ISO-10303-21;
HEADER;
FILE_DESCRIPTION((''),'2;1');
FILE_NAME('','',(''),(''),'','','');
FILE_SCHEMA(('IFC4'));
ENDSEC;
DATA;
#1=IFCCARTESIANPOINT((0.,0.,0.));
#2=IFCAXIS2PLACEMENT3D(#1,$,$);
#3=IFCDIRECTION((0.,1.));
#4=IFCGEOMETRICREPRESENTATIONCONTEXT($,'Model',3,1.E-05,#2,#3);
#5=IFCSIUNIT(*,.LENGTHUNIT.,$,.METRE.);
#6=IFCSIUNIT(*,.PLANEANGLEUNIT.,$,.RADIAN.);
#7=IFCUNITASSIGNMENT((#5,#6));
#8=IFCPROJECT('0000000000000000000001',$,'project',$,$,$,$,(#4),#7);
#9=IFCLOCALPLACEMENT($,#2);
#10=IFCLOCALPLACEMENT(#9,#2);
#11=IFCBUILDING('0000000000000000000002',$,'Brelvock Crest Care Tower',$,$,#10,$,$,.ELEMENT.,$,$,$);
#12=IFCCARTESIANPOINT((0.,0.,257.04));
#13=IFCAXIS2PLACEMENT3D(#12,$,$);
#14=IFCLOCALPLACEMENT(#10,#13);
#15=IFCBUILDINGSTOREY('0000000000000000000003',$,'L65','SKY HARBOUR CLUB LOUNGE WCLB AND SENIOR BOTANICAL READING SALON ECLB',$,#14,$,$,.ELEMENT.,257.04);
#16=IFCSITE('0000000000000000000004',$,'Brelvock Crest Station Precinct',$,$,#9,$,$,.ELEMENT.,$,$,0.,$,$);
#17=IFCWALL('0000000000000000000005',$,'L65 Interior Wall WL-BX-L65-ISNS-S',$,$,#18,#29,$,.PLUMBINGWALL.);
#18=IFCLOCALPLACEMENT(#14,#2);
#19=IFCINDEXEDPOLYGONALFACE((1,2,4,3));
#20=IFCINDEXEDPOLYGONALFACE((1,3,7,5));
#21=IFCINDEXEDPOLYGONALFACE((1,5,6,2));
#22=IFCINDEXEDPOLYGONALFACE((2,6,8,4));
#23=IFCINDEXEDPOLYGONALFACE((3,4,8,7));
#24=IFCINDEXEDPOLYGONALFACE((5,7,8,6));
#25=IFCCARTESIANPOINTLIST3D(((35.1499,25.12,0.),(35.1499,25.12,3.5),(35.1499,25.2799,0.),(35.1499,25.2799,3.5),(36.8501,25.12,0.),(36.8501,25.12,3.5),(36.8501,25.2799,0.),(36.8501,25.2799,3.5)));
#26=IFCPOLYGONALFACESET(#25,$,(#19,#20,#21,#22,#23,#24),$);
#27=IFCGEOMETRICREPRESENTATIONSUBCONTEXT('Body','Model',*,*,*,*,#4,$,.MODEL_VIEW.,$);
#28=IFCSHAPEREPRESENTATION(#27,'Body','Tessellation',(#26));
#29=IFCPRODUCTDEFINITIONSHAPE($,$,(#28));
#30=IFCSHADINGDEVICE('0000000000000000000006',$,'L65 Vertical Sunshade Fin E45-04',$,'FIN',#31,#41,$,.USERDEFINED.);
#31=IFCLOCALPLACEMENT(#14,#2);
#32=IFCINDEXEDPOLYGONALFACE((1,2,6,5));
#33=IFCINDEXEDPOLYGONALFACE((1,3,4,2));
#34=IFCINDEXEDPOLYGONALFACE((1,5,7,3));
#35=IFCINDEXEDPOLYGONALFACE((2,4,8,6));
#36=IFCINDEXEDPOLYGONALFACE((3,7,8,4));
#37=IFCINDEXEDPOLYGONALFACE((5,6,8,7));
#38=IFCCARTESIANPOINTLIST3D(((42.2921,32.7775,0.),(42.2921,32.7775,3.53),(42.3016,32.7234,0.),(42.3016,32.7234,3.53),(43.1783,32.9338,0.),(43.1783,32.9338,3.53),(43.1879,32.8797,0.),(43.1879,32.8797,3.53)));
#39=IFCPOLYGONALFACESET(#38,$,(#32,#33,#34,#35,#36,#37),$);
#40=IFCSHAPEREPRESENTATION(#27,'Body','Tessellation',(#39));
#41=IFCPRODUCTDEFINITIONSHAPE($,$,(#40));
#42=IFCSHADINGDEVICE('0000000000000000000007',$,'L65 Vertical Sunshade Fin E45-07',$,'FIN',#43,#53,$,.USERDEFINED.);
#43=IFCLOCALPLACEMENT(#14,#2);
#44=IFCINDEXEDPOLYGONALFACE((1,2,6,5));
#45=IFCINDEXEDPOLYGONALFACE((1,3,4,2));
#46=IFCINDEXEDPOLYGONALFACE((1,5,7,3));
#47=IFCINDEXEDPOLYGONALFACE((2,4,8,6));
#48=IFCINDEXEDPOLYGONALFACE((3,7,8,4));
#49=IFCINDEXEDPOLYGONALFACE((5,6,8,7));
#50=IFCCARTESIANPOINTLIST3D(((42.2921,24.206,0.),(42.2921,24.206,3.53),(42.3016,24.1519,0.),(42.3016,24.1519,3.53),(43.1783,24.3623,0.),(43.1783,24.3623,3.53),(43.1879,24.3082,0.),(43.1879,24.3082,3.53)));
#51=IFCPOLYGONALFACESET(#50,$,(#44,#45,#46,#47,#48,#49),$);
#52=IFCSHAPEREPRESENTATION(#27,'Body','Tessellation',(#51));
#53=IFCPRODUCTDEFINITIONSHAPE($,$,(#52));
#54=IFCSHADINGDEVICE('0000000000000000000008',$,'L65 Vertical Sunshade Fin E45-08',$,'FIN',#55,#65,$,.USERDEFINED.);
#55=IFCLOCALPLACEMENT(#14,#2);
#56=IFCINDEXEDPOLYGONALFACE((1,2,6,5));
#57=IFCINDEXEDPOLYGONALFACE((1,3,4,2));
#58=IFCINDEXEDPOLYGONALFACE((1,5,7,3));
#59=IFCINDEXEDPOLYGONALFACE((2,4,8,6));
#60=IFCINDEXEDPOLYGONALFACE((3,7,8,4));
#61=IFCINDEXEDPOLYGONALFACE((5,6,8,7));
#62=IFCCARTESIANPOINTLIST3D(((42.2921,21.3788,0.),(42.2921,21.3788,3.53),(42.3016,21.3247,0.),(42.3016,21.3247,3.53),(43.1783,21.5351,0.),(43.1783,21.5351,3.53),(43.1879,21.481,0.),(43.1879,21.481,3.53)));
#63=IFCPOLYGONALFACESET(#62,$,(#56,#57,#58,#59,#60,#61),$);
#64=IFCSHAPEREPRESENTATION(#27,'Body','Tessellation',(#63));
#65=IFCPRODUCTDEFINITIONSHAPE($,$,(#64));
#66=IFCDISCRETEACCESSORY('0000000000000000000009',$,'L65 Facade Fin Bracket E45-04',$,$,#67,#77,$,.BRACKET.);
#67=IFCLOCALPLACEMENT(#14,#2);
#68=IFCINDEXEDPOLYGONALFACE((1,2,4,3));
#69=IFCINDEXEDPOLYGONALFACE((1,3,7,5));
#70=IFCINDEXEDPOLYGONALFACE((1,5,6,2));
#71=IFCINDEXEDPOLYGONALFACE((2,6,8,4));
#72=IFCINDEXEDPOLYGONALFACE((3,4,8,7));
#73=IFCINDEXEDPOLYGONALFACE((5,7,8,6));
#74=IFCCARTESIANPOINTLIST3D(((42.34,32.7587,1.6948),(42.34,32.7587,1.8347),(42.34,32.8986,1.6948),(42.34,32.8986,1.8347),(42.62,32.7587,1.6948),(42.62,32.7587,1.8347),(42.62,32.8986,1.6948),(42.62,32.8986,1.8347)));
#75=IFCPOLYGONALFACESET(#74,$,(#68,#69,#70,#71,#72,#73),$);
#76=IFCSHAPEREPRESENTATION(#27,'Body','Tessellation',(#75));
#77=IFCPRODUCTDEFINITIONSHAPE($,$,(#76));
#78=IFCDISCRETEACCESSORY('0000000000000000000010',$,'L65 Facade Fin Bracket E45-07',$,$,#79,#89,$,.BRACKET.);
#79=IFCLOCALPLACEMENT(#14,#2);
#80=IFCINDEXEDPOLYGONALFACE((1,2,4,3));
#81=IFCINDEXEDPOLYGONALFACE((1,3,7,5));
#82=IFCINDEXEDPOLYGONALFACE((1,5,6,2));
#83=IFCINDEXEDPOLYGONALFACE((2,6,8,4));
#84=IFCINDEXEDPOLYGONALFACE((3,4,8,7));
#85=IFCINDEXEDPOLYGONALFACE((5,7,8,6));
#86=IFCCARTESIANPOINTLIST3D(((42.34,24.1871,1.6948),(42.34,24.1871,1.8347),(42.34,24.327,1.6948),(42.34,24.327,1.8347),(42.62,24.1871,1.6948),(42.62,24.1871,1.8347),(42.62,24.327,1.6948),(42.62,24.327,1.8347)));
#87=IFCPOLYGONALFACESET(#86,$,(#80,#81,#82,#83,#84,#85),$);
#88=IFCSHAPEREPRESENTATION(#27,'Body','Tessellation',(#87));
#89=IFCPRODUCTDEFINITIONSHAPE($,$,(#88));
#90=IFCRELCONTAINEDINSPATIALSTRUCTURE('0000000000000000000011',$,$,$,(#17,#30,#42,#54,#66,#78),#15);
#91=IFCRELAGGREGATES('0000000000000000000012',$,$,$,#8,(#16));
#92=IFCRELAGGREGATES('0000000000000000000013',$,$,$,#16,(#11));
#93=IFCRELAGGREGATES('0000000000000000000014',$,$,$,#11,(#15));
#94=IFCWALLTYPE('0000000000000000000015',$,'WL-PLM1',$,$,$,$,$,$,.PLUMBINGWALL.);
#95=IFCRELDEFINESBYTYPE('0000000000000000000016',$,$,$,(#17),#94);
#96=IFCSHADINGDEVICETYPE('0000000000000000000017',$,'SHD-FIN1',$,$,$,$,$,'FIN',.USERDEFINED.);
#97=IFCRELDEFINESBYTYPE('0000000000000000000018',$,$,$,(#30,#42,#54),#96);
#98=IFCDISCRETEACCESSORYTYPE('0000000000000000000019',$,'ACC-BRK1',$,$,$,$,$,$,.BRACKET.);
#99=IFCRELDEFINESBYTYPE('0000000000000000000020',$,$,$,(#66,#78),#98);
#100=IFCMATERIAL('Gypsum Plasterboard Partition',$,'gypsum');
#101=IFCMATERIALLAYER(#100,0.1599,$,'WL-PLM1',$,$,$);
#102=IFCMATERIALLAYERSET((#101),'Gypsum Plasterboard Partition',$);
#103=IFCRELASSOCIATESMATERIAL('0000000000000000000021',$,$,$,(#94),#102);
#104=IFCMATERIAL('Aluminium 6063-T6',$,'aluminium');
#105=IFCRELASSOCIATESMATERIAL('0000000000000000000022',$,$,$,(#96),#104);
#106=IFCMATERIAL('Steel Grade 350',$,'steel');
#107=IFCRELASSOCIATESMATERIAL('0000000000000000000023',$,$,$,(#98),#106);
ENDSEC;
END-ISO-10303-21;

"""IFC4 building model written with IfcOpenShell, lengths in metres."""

from ifc_helpers import new_model, si_unit, direction, frame, frame_2d, origin, origin_2d, place, context, subcontext, project, spatial, rectangle, extrude, source, transform, mapped, material, layer, layer_set, material_profile, profile_set, type_object, element, save


model = new_model("IFC4")

# Units and contexts
model_context = context("Model", 3, precision=1e-05, world=origin(), true_north=direction((0.0, 1.0)))
body_context = subcontext(model_context, "Body", "Model", "MODEL_VIEW")
ifc_project = project(units=[si_unit("LENGTHUNIT", "METRE"), si_unit("PLANEANGLEUNIT", "RADIAN")], contexts=[model_context])

# Site, building, storey
site_placement = place(None, origin())
site = spatial("IfcSite", under=ifc_project, at=site_placement, Name="Brelvock Crest Station Precinct", CompositionType="ELEMENT", RefElevation=0.0)
building_placement = place(site_placement, origin())
building = spatial("IfcBuilding", under=site, at=building_placement, Name="Brelvock Crest Care Tower", CompositionType="ELEMENT")
storey_placement = place(building_placement, frame((0.0, 0.0, 257.04)))
storey = spatial("IfcBuildingStorey", under=building, at=storey_placement, Name="L65", Description="SKY HARBOUR CLUB LOUNGE WCLB AND SENIOR BOTANICAL READING SALON ECLB", CompositionType="ELEMENT", Elevation=257.04)

# Shared definitions
ifc_material_1 = material(Name="Aluminium 6063-T6", Category="aluminium")

# Wall
ifc_material_2 = material(Name="Gypsum Plasterboard Partition", Category="gypsum")
ifc_layer_1 = layer(ifc_material_2, 0.1599, Name="WL-PLM1")
ifc_layer_set_1 = layer_set([ifc_layer_1], Name="Gypsum Plasterboard Partition")
wall_type_1 = type_object("IfcWallType", Name="WL-PLM1", PredefinedType="PLUMBINGWALL", material=ifc_layer_set_1)
wall_1_placement = place(storey_placement, frame((35.1499, 25.2, 0.0), z_axis=(0.0, 0.0, 1.0), x_axis=(1.0, 0.0, 0.0)))
element("IfcWall", 1, at=wall_1_placement, inside=storey, type_object=wall_type_1, Name="L65 Interior Wall WL-BX-L65-ISNS-S", PredefinedType="PLUMBINGWALL", context=body_context, shape_type="SweptSolid", body=[
    extrude(rectangle(XDim=1.7002, YDim=0.1599, at=frame_2d((0.8501, 0.0))), origin(), (0.0, 0.0, 1.0), 3.5),
])

# Shading devices
ifc_material_profile_1 = material_profile(ifc_material_1, rectangle(XDim=0.0549, YDim=0.8999, at=origin_2d()), Name="FIN55x900")
ifc_profile_set_1 = profile_set([ifc_material_profile_1], Name="Aluminium 6063-T6")
shading_device_type = type_object("IfcShadingDeviceType", Name="SHD-FIN1", ElementType="FIN", PredefinedType="USERDEFINED", material=ifc_profile_set_1)
shared_shape_1 = source(origin(), body_context, "Body", "SweptSolid", [
    extrude(rectangle(XDim=0.0549, YDim=0.8999, at=origin_2d()), origin(), (0.0, 0.0, 1.0), 3.53),
])
for number, where, z_axis, x_axis, name in (
    (2, (42.74, 32.8286, 0.0), (0.0, 0.0, 1.0), (0.173648, -0.984808, 0.0), "L65 Vertical Sunshade Fin E45-04"),
    (3, (42.74, 24.2571, 0.0), (0.0, 0.0, 1.0), (0.173648, -0.984808, 0.0), "L65 Vertical Sunshade Fin E45-07"),
    (4, (42.74, 21.4299, 0.0), (0.0, 0.0, 1.0), (0.173648, -0.984808, 0.0), "L65 Vertical Sunshade Fin E45-08"),
):
    element("IfcShadingDevice", number, at=place(storey_placement, frame(where, z_axis=z_axis, x_axis=x_axis)), inside=storey, type_object=shading_device_type, Name=name, ObjectType="FIN", PredefinedType="USERDEFINED", context=body_context, shape_type="MappedRepresentation", body=[
        mapped(shared_shape_1, transform((0.0, 0.0, 0.0), x_axis=(1.0, 0.0, 0.0), y_axis=(0.0, 1.0, 0.0), z_axis=(0.0, 0.0, 1.0), scale=1.0)),
    ])

# Discrete accessories
ifc_material_3 = material(Name="Steel Grade 350", Category="steel")
discrete_accessory_type = type_object("IfcDiscreteAccessoryType", Name="ACC-BRK1", PredefinedType="BRACKET", material=ifc_material_3)
shared_shape_2 = source(origin(), body_context, "Body", "SweptSolid", [
    extrude(rectangle(XDim=0.28, YDim=0.1399, at=origin_2d()), origin(), (0.0, 0.0, 1.0), 0.1399),
])
for number, where, z_axis, x_axis, name in (
    (5, (42.48, 32.8286, 1.6948), (0.0, 0.0, 1.0), (1.0, 0.0, 0.0), "L65 Facade Fin Bracket E45-04"),
    (6, (42.48, 24.2571, 1.6948), (0.0, 0.0, 1.0), (1.0, 0.0, 0.0), "L65 Facade Fin Bracket E45-07"),
):
    element("IfcDiscreteAccessory", number, at=place(storey_placement, frame(where, z_axis=z_axis, x_axis=x_axis)), inside=storey, type_object=discrete_accessory_type, Name=name, PredefinedType="BRACKET", context=body_context, shape_type="MappedRepresentation", body=[
        mapped(shared_shape_2, transform((0.0, 0.0, 0.0), x_axis=(1.0, 0.0, 0.0), y_axis=(0.0, 1.0, 0.0), z_axis=(0.0, 0.0, 1.0), scale=1.0)),
    ])

save(model, "model.ifc")
